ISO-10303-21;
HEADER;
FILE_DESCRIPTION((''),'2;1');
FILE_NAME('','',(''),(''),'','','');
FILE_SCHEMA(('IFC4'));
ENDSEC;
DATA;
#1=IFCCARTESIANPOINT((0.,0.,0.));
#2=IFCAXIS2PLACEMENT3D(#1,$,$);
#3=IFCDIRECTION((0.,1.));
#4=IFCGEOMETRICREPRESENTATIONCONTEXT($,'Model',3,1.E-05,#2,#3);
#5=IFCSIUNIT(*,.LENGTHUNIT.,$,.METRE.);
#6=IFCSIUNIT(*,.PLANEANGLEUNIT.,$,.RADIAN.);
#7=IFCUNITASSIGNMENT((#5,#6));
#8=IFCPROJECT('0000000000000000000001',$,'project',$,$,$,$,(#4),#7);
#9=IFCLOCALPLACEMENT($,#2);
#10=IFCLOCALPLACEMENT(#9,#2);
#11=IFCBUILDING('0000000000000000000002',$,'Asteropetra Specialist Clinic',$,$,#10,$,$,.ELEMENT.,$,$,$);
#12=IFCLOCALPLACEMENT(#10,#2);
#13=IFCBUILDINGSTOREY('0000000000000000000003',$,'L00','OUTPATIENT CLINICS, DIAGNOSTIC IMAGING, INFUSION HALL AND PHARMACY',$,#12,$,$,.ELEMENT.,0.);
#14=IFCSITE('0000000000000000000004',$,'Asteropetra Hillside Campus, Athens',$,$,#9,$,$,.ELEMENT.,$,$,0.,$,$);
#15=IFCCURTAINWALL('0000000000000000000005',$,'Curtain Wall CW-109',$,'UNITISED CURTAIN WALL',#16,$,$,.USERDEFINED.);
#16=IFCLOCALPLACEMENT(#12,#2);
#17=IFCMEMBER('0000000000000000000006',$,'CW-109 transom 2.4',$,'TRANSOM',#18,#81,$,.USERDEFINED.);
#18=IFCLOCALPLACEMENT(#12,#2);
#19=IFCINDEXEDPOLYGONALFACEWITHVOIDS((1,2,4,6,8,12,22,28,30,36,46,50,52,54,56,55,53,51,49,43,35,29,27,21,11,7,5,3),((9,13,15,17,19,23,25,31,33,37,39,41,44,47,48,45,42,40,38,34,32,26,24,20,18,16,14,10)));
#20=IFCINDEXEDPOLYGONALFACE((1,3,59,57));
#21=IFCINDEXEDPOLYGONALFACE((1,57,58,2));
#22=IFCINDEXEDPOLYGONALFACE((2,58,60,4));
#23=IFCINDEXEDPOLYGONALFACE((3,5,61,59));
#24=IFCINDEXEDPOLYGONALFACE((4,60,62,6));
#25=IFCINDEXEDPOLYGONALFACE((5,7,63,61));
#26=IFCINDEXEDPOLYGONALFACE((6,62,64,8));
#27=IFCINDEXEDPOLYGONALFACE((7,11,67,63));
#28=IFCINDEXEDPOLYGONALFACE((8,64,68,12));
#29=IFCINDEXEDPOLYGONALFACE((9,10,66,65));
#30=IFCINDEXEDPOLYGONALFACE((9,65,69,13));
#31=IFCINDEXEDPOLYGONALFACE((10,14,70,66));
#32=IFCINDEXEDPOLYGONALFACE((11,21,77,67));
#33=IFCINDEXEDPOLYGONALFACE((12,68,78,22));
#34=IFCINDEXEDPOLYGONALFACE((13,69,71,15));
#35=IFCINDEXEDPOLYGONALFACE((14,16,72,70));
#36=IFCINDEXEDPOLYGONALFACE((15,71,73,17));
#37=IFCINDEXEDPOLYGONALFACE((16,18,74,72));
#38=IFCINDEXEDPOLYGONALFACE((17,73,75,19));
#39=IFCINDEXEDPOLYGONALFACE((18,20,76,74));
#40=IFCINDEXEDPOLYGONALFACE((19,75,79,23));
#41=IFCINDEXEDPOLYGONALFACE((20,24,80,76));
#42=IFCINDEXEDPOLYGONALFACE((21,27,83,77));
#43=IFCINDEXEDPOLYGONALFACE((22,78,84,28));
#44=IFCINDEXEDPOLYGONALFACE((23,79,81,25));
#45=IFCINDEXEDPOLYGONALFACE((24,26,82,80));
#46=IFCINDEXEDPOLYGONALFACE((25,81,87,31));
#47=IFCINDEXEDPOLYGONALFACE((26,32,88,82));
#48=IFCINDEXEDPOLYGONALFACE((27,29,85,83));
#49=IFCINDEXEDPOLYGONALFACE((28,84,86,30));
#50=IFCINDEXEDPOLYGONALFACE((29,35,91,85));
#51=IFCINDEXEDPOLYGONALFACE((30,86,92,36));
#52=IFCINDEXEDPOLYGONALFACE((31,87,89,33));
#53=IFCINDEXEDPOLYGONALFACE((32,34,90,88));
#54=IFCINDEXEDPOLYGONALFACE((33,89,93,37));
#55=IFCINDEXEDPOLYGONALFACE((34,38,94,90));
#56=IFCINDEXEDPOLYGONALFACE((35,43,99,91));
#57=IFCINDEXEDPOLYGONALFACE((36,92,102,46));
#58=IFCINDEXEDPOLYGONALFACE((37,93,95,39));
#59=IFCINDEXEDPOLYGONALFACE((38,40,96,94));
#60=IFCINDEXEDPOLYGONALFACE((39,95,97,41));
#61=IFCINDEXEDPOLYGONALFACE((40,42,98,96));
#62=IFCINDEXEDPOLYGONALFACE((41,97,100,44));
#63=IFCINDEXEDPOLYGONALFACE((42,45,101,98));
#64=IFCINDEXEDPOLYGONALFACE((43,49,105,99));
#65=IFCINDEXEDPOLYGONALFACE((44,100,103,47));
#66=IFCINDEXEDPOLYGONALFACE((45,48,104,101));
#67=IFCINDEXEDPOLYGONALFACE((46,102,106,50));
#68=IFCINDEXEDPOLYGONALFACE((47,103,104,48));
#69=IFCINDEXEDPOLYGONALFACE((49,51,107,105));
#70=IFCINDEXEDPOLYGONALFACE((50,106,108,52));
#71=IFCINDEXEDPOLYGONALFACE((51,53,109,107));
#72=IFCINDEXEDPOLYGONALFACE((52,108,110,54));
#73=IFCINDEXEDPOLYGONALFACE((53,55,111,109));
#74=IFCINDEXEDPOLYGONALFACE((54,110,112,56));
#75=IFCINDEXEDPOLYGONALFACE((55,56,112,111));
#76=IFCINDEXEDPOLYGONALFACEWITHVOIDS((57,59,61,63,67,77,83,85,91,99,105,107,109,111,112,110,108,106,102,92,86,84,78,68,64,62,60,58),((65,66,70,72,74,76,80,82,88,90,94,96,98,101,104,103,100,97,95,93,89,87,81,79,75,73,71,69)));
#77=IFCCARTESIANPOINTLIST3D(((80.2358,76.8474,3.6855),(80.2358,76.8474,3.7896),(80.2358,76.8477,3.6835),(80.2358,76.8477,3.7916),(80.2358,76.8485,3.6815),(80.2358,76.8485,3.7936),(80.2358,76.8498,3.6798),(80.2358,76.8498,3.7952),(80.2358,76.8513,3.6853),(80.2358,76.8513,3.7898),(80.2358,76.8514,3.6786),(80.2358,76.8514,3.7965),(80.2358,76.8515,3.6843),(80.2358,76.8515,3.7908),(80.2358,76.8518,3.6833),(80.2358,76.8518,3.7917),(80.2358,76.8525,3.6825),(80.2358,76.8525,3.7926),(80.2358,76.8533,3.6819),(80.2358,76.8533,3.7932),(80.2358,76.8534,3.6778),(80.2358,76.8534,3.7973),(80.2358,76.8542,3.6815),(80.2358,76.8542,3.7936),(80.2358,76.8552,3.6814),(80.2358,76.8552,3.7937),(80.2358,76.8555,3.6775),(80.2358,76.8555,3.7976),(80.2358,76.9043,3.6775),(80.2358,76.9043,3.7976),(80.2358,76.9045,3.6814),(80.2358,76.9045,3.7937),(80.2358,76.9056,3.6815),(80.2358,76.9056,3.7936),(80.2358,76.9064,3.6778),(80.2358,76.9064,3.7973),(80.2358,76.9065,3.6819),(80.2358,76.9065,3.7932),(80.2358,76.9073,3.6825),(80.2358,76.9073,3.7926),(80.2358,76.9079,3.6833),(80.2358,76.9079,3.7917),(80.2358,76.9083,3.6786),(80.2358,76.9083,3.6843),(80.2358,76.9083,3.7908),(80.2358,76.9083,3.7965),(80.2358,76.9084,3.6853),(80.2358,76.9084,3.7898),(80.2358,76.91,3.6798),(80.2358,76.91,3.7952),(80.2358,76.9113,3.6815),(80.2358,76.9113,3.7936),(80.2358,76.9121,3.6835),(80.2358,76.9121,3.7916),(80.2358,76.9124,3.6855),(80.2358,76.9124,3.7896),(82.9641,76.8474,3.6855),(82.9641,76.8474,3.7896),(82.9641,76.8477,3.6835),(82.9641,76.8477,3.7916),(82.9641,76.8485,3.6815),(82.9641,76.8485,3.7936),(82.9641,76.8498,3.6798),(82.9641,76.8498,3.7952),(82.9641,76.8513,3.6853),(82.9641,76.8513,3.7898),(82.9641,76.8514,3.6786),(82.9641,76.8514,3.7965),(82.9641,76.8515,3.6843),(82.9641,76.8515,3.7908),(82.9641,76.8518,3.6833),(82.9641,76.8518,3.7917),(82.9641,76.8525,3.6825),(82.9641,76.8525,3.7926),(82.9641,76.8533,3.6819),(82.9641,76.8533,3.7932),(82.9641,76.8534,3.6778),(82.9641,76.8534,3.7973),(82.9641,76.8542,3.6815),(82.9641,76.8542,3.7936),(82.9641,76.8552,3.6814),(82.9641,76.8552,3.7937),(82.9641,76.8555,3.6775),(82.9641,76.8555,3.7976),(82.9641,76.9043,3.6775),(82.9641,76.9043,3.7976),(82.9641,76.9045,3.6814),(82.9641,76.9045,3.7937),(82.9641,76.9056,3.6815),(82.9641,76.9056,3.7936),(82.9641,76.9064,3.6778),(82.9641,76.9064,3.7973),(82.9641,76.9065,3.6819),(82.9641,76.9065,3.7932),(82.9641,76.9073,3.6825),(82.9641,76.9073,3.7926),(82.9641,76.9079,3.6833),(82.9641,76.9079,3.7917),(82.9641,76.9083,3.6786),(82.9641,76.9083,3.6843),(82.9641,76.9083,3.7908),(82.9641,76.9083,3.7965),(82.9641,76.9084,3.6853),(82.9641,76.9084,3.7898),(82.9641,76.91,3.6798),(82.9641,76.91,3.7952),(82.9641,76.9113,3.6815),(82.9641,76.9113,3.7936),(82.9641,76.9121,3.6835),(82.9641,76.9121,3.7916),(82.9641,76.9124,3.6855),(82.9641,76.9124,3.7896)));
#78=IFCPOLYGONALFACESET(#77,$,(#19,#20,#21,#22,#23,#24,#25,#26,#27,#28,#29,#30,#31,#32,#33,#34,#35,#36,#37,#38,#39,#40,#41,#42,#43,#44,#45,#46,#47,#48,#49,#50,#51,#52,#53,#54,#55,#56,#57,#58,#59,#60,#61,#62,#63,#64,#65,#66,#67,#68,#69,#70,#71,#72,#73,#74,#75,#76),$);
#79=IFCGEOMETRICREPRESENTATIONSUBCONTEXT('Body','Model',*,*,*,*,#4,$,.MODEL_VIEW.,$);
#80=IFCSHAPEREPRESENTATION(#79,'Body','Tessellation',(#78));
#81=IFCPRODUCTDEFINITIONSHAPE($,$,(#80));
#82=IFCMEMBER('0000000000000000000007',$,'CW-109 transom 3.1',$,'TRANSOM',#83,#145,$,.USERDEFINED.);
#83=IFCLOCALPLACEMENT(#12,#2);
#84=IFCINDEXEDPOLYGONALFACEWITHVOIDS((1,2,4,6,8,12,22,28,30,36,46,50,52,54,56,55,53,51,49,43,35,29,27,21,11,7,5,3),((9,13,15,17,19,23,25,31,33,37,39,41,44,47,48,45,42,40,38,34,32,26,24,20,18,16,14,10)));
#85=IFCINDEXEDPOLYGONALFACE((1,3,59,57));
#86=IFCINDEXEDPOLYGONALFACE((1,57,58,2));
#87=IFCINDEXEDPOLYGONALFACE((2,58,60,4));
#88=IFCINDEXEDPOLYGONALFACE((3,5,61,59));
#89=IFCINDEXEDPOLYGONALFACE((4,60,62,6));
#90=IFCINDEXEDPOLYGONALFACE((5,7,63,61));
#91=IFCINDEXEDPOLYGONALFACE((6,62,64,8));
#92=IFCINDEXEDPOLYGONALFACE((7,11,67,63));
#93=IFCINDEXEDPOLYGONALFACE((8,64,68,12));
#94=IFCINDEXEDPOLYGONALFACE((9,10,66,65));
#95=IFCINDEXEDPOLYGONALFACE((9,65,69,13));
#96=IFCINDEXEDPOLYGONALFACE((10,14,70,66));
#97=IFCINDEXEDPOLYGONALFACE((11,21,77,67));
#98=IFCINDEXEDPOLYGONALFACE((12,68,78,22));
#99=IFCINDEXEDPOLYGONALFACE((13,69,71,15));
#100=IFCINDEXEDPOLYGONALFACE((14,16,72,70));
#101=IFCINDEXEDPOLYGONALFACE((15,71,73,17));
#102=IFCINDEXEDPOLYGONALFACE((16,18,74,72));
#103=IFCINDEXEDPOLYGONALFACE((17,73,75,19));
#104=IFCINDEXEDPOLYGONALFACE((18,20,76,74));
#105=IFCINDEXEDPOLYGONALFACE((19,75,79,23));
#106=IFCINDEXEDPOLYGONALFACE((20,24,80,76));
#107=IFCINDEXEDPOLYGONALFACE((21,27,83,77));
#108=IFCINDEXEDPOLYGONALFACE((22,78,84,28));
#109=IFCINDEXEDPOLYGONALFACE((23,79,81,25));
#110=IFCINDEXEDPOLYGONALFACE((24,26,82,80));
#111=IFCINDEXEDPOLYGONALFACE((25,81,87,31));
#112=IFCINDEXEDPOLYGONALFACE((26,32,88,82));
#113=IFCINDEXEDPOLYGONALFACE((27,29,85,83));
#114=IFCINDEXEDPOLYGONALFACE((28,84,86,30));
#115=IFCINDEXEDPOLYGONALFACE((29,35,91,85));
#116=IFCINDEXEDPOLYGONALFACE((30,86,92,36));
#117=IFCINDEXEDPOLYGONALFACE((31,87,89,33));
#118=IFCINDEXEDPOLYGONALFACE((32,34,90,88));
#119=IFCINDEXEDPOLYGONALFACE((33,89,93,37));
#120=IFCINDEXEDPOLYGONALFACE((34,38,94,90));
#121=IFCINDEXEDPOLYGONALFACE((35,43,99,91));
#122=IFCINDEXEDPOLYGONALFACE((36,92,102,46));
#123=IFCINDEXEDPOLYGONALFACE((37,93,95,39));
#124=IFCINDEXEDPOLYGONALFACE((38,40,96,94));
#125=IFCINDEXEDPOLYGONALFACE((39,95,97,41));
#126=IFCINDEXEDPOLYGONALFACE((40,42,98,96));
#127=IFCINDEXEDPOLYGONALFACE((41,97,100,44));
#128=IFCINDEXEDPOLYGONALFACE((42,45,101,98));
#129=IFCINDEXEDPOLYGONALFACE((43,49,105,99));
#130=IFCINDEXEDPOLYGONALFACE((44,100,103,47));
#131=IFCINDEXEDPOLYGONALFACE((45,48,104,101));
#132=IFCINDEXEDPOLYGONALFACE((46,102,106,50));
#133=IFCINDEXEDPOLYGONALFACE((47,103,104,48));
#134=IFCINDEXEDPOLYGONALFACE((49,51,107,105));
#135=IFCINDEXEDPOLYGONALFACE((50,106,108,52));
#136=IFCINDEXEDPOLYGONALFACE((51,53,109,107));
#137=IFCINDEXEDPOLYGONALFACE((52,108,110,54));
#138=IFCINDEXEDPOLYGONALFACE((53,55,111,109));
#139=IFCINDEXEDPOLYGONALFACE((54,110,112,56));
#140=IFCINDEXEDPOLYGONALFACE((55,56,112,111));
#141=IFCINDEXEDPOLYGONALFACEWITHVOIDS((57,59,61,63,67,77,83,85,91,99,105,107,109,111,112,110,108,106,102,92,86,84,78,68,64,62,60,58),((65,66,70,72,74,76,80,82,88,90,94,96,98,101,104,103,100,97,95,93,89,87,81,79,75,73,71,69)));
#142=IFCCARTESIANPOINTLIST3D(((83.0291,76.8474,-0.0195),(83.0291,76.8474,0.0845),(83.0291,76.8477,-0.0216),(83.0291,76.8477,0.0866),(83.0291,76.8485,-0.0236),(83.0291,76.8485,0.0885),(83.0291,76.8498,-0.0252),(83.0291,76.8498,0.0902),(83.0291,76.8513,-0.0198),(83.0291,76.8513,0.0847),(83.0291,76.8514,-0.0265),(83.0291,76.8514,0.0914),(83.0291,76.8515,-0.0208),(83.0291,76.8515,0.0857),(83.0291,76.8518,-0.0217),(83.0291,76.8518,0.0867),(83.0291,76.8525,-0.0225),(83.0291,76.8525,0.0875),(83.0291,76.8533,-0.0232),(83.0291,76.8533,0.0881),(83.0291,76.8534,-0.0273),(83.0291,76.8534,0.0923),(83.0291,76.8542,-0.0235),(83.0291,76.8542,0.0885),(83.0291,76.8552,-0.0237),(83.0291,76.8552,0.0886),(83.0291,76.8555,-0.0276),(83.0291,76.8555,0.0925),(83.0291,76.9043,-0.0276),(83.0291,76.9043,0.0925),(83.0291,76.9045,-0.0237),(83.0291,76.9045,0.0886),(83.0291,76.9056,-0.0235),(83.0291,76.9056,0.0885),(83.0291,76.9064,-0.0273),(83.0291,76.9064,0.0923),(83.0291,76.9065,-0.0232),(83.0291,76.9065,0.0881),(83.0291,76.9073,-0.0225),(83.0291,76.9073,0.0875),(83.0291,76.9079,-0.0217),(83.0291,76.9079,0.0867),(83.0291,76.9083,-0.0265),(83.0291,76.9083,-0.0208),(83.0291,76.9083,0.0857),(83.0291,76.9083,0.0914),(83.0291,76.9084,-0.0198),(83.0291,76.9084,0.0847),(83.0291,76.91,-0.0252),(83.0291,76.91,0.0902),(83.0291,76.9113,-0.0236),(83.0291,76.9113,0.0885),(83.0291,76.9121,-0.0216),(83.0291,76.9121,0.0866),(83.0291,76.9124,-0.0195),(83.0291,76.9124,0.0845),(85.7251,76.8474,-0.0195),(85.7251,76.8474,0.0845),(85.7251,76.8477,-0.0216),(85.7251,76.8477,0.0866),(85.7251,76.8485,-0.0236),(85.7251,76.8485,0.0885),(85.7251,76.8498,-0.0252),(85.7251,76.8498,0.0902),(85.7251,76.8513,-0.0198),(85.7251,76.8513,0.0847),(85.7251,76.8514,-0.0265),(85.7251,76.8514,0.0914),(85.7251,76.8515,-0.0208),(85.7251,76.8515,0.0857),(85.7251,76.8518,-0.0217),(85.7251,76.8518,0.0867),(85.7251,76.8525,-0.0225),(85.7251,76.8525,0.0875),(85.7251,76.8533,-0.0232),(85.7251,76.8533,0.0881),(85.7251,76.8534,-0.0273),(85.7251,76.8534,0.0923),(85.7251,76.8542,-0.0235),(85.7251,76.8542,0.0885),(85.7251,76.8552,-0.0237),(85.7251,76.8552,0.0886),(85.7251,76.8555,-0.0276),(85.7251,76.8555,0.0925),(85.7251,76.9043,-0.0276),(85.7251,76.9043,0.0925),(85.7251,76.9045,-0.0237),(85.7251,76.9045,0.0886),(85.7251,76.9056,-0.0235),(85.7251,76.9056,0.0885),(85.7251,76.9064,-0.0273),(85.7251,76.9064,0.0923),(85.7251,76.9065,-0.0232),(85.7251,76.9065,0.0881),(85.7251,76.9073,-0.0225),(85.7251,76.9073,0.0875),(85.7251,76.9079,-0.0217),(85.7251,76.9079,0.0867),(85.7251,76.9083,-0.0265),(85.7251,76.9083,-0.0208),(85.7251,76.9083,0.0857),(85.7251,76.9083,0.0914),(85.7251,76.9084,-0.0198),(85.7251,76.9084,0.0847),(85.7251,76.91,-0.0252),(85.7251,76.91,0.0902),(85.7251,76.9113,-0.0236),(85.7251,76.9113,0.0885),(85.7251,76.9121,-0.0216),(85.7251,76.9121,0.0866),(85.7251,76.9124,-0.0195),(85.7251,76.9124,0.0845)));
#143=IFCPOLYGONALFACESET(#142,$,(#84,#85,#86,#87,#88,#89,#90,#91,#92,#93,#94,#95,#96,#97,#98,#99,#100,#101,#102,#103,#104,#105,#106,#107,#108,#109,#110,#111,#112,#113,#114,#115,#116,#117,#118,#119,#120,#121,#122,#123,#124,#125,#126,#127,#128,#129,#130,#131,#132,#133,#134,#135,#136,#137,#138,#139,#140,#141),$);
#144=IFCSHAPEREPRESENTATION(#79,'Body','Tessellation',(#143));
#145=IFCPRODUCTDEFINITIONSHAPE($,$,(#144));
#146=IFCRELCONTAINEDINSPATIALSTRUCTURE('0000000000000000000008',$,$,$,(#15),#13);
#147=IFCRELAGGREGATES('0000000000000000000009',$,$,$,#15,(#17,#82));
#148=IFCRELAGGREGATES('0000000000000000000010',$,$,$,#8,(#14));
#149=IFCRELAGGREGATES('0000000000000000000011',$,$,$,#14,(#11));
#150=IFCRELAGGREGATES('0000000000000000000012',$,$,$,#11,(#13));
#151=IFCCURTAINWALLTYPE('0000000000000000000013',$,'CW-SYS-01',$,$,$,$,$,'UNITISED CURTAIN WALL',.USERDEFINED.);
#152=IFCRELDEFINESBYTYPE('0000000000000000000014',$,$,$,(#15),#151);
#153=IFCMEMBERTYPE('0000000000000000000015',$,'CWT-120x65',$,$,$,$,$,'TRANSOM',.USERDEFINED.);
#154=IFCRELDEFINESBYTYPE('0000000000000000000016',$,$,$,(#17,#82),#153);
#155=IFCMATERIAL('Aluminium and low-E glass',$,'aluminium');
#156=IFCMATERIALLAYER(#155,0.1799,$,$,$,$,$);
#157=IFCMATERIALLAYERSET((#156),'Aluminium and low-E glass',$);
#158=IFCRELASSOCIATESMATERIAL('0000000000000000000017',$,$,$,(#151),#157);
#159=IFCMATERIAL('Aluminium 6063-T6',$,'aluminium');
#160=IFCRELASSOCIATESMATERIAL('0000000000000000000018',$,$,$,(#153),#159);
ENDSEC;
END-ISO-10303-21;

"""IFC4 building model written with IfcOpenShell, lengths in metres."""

from ifc_helpers import new_model, si_unit, direction, frame, origin, origin_2d, place, context, subcontext, project, spatial, hollow_rectangle, extrude, material, layer, layer_set, material_profile, profile_set, type_object, element, aggregate, save


model = new_model("IFC4")

# Units and contexts
model_context = context("Model", 3, precision=1e-05, world=origin(), true_north=direction((0.0, 1.0)))
body_context = subcontext(model_context, "Body", "Model", "MODEL_VIEW")
ifc_project = project(units=[si_unit("LENGTHUNIT", "METRE"), si_unit("PLANEANGLEUNIT", "RADIAN")], contexts=[model_context])

# Site, building, storey
site_placement = place(None, origin())
site = spatial("IfcSite", under=ifc_project, at=site_placement, Name="Asteropetra Hillside Campus, Athens", CompositionType="ELEMENT", RefElevation=0.0)
building_placement = place(site_placement, origin())
building = spatial("IfcBuilding", under=site, at=building_placement, Name="Asteropetra Specialist Clinic", CompositionType="ELEMENT")
storey_placement = place(building_placement, origin())
storey = spatial("IfcBuildingStorey", under=building, at=storey_placement, Name="L00", Description="OUTPATIENT CLINICS, DIAGNOSTIC IMAGING, INFUSION HALL AND PHARMACY", CompositionType="ELEMENT", Elevation=0.0)

# Curtain wall, members
ifc_material_1 = material(Name="Aluminium and low-E glass", Category="aluminium")
ifc_layer_1 = layer(ifc_material_1, 0.1799)
ifc_layer_set_1 = layer_set([ifc_layer_1], Name="Aluminium and low-E glass")
curtain_wall_type_1 = type_object("IfcCurtainWallType", Name="CW-SYS-01", ElementType="UNITISED CURTAIN WALL", PredefinedType="USERDEFINED", material=ifc_layer_set_1)
curtain_wall_1_placement = place(storey_placement, origin())
curtain_wall_1 = element("IfcCurtainWall", 1, at=curtain_wall_1_placement, inside=storey, type_object=curtain_wall_type_1, Name="Curtain Wall CW-109", ObjectType="UNITISED CURTAIN WALL", PredefinedType="USERDEFINED")
ifc_material_2 = material(Name="Aluminium 6063-T6", Category="aluminium")
ifc_material_profile_1 = material_profile(ifc_material_2, hollow_rectangle(XDim=0.0649, YDim=0.1201, WallThickness=0.0039, InnerFilletRadius=0.0039, OuterFilletRadius=0.0081, at=origin_2d()), Name="TRN 120x65x4.0")
ifc_profile_set_1 = profile_set([ifc_material_profile_1], Name="Aluminium 6063-T6")
member_type_1 = type_object("IfcMemberType", Name="CWT-120x65", ElementType="TRANSOM", PredefinedType="USERDEFINED", material=ifc_profile_set_1)
member_1_placement = place(storey_placement, frame((80.2358, 76.8799, 3.7375), z_axis=(1.0, 0.0, 0.0), x_axis=(0.0, 1.0, 0.0)))
member_1 = element("IfcMember", 2, at=member_1_placement, type_object=member_type_1, Name="CW-109 transom 2.4", ObjectType="TRANSOM", PredefinedType="USERDEFINED", context=body_context, shape_type="SweptSolid", body=[
    extrude(hollow_rectangle(XDim=0.0649, YDim=0.1201, WallThickness=0.0039, InnerFilletRadius=0.0039, OuterFilletRadius=0.0081, at=origin_2d()), origin(), (0.0, 0.0, 1.0), 2.7283),
])
member_2_placement = place(storey_placement, frame((83.0291, 76.8799, 0.0325), z_axis=(1.0, 0.0, 0.0), x_axis=(0.0, 1.0, 0.0)))
member_2 = element("IfcMember", 3, at=member_2_placement, type_object=member_type_1, Name="CW-109 transom 3.1", ObjectType="TRANSOM", PredefinedType="USERDEFINED", context=body_context, shape_type="SweptSolid", body=[
    extrude(hollow_rectangle(XDim=0.0649, YDim=0.1201, WallThickness=0.0039, InnerFilletRadius=0.0039, OuterFilletRadius=0.0081, at=origin_2d()), origin(), (0.0, 0.0, 1.0), 2.696),
])
aggregate(curtain_wall_1, [member_1, member_2])

save(model, "model.ifc")
